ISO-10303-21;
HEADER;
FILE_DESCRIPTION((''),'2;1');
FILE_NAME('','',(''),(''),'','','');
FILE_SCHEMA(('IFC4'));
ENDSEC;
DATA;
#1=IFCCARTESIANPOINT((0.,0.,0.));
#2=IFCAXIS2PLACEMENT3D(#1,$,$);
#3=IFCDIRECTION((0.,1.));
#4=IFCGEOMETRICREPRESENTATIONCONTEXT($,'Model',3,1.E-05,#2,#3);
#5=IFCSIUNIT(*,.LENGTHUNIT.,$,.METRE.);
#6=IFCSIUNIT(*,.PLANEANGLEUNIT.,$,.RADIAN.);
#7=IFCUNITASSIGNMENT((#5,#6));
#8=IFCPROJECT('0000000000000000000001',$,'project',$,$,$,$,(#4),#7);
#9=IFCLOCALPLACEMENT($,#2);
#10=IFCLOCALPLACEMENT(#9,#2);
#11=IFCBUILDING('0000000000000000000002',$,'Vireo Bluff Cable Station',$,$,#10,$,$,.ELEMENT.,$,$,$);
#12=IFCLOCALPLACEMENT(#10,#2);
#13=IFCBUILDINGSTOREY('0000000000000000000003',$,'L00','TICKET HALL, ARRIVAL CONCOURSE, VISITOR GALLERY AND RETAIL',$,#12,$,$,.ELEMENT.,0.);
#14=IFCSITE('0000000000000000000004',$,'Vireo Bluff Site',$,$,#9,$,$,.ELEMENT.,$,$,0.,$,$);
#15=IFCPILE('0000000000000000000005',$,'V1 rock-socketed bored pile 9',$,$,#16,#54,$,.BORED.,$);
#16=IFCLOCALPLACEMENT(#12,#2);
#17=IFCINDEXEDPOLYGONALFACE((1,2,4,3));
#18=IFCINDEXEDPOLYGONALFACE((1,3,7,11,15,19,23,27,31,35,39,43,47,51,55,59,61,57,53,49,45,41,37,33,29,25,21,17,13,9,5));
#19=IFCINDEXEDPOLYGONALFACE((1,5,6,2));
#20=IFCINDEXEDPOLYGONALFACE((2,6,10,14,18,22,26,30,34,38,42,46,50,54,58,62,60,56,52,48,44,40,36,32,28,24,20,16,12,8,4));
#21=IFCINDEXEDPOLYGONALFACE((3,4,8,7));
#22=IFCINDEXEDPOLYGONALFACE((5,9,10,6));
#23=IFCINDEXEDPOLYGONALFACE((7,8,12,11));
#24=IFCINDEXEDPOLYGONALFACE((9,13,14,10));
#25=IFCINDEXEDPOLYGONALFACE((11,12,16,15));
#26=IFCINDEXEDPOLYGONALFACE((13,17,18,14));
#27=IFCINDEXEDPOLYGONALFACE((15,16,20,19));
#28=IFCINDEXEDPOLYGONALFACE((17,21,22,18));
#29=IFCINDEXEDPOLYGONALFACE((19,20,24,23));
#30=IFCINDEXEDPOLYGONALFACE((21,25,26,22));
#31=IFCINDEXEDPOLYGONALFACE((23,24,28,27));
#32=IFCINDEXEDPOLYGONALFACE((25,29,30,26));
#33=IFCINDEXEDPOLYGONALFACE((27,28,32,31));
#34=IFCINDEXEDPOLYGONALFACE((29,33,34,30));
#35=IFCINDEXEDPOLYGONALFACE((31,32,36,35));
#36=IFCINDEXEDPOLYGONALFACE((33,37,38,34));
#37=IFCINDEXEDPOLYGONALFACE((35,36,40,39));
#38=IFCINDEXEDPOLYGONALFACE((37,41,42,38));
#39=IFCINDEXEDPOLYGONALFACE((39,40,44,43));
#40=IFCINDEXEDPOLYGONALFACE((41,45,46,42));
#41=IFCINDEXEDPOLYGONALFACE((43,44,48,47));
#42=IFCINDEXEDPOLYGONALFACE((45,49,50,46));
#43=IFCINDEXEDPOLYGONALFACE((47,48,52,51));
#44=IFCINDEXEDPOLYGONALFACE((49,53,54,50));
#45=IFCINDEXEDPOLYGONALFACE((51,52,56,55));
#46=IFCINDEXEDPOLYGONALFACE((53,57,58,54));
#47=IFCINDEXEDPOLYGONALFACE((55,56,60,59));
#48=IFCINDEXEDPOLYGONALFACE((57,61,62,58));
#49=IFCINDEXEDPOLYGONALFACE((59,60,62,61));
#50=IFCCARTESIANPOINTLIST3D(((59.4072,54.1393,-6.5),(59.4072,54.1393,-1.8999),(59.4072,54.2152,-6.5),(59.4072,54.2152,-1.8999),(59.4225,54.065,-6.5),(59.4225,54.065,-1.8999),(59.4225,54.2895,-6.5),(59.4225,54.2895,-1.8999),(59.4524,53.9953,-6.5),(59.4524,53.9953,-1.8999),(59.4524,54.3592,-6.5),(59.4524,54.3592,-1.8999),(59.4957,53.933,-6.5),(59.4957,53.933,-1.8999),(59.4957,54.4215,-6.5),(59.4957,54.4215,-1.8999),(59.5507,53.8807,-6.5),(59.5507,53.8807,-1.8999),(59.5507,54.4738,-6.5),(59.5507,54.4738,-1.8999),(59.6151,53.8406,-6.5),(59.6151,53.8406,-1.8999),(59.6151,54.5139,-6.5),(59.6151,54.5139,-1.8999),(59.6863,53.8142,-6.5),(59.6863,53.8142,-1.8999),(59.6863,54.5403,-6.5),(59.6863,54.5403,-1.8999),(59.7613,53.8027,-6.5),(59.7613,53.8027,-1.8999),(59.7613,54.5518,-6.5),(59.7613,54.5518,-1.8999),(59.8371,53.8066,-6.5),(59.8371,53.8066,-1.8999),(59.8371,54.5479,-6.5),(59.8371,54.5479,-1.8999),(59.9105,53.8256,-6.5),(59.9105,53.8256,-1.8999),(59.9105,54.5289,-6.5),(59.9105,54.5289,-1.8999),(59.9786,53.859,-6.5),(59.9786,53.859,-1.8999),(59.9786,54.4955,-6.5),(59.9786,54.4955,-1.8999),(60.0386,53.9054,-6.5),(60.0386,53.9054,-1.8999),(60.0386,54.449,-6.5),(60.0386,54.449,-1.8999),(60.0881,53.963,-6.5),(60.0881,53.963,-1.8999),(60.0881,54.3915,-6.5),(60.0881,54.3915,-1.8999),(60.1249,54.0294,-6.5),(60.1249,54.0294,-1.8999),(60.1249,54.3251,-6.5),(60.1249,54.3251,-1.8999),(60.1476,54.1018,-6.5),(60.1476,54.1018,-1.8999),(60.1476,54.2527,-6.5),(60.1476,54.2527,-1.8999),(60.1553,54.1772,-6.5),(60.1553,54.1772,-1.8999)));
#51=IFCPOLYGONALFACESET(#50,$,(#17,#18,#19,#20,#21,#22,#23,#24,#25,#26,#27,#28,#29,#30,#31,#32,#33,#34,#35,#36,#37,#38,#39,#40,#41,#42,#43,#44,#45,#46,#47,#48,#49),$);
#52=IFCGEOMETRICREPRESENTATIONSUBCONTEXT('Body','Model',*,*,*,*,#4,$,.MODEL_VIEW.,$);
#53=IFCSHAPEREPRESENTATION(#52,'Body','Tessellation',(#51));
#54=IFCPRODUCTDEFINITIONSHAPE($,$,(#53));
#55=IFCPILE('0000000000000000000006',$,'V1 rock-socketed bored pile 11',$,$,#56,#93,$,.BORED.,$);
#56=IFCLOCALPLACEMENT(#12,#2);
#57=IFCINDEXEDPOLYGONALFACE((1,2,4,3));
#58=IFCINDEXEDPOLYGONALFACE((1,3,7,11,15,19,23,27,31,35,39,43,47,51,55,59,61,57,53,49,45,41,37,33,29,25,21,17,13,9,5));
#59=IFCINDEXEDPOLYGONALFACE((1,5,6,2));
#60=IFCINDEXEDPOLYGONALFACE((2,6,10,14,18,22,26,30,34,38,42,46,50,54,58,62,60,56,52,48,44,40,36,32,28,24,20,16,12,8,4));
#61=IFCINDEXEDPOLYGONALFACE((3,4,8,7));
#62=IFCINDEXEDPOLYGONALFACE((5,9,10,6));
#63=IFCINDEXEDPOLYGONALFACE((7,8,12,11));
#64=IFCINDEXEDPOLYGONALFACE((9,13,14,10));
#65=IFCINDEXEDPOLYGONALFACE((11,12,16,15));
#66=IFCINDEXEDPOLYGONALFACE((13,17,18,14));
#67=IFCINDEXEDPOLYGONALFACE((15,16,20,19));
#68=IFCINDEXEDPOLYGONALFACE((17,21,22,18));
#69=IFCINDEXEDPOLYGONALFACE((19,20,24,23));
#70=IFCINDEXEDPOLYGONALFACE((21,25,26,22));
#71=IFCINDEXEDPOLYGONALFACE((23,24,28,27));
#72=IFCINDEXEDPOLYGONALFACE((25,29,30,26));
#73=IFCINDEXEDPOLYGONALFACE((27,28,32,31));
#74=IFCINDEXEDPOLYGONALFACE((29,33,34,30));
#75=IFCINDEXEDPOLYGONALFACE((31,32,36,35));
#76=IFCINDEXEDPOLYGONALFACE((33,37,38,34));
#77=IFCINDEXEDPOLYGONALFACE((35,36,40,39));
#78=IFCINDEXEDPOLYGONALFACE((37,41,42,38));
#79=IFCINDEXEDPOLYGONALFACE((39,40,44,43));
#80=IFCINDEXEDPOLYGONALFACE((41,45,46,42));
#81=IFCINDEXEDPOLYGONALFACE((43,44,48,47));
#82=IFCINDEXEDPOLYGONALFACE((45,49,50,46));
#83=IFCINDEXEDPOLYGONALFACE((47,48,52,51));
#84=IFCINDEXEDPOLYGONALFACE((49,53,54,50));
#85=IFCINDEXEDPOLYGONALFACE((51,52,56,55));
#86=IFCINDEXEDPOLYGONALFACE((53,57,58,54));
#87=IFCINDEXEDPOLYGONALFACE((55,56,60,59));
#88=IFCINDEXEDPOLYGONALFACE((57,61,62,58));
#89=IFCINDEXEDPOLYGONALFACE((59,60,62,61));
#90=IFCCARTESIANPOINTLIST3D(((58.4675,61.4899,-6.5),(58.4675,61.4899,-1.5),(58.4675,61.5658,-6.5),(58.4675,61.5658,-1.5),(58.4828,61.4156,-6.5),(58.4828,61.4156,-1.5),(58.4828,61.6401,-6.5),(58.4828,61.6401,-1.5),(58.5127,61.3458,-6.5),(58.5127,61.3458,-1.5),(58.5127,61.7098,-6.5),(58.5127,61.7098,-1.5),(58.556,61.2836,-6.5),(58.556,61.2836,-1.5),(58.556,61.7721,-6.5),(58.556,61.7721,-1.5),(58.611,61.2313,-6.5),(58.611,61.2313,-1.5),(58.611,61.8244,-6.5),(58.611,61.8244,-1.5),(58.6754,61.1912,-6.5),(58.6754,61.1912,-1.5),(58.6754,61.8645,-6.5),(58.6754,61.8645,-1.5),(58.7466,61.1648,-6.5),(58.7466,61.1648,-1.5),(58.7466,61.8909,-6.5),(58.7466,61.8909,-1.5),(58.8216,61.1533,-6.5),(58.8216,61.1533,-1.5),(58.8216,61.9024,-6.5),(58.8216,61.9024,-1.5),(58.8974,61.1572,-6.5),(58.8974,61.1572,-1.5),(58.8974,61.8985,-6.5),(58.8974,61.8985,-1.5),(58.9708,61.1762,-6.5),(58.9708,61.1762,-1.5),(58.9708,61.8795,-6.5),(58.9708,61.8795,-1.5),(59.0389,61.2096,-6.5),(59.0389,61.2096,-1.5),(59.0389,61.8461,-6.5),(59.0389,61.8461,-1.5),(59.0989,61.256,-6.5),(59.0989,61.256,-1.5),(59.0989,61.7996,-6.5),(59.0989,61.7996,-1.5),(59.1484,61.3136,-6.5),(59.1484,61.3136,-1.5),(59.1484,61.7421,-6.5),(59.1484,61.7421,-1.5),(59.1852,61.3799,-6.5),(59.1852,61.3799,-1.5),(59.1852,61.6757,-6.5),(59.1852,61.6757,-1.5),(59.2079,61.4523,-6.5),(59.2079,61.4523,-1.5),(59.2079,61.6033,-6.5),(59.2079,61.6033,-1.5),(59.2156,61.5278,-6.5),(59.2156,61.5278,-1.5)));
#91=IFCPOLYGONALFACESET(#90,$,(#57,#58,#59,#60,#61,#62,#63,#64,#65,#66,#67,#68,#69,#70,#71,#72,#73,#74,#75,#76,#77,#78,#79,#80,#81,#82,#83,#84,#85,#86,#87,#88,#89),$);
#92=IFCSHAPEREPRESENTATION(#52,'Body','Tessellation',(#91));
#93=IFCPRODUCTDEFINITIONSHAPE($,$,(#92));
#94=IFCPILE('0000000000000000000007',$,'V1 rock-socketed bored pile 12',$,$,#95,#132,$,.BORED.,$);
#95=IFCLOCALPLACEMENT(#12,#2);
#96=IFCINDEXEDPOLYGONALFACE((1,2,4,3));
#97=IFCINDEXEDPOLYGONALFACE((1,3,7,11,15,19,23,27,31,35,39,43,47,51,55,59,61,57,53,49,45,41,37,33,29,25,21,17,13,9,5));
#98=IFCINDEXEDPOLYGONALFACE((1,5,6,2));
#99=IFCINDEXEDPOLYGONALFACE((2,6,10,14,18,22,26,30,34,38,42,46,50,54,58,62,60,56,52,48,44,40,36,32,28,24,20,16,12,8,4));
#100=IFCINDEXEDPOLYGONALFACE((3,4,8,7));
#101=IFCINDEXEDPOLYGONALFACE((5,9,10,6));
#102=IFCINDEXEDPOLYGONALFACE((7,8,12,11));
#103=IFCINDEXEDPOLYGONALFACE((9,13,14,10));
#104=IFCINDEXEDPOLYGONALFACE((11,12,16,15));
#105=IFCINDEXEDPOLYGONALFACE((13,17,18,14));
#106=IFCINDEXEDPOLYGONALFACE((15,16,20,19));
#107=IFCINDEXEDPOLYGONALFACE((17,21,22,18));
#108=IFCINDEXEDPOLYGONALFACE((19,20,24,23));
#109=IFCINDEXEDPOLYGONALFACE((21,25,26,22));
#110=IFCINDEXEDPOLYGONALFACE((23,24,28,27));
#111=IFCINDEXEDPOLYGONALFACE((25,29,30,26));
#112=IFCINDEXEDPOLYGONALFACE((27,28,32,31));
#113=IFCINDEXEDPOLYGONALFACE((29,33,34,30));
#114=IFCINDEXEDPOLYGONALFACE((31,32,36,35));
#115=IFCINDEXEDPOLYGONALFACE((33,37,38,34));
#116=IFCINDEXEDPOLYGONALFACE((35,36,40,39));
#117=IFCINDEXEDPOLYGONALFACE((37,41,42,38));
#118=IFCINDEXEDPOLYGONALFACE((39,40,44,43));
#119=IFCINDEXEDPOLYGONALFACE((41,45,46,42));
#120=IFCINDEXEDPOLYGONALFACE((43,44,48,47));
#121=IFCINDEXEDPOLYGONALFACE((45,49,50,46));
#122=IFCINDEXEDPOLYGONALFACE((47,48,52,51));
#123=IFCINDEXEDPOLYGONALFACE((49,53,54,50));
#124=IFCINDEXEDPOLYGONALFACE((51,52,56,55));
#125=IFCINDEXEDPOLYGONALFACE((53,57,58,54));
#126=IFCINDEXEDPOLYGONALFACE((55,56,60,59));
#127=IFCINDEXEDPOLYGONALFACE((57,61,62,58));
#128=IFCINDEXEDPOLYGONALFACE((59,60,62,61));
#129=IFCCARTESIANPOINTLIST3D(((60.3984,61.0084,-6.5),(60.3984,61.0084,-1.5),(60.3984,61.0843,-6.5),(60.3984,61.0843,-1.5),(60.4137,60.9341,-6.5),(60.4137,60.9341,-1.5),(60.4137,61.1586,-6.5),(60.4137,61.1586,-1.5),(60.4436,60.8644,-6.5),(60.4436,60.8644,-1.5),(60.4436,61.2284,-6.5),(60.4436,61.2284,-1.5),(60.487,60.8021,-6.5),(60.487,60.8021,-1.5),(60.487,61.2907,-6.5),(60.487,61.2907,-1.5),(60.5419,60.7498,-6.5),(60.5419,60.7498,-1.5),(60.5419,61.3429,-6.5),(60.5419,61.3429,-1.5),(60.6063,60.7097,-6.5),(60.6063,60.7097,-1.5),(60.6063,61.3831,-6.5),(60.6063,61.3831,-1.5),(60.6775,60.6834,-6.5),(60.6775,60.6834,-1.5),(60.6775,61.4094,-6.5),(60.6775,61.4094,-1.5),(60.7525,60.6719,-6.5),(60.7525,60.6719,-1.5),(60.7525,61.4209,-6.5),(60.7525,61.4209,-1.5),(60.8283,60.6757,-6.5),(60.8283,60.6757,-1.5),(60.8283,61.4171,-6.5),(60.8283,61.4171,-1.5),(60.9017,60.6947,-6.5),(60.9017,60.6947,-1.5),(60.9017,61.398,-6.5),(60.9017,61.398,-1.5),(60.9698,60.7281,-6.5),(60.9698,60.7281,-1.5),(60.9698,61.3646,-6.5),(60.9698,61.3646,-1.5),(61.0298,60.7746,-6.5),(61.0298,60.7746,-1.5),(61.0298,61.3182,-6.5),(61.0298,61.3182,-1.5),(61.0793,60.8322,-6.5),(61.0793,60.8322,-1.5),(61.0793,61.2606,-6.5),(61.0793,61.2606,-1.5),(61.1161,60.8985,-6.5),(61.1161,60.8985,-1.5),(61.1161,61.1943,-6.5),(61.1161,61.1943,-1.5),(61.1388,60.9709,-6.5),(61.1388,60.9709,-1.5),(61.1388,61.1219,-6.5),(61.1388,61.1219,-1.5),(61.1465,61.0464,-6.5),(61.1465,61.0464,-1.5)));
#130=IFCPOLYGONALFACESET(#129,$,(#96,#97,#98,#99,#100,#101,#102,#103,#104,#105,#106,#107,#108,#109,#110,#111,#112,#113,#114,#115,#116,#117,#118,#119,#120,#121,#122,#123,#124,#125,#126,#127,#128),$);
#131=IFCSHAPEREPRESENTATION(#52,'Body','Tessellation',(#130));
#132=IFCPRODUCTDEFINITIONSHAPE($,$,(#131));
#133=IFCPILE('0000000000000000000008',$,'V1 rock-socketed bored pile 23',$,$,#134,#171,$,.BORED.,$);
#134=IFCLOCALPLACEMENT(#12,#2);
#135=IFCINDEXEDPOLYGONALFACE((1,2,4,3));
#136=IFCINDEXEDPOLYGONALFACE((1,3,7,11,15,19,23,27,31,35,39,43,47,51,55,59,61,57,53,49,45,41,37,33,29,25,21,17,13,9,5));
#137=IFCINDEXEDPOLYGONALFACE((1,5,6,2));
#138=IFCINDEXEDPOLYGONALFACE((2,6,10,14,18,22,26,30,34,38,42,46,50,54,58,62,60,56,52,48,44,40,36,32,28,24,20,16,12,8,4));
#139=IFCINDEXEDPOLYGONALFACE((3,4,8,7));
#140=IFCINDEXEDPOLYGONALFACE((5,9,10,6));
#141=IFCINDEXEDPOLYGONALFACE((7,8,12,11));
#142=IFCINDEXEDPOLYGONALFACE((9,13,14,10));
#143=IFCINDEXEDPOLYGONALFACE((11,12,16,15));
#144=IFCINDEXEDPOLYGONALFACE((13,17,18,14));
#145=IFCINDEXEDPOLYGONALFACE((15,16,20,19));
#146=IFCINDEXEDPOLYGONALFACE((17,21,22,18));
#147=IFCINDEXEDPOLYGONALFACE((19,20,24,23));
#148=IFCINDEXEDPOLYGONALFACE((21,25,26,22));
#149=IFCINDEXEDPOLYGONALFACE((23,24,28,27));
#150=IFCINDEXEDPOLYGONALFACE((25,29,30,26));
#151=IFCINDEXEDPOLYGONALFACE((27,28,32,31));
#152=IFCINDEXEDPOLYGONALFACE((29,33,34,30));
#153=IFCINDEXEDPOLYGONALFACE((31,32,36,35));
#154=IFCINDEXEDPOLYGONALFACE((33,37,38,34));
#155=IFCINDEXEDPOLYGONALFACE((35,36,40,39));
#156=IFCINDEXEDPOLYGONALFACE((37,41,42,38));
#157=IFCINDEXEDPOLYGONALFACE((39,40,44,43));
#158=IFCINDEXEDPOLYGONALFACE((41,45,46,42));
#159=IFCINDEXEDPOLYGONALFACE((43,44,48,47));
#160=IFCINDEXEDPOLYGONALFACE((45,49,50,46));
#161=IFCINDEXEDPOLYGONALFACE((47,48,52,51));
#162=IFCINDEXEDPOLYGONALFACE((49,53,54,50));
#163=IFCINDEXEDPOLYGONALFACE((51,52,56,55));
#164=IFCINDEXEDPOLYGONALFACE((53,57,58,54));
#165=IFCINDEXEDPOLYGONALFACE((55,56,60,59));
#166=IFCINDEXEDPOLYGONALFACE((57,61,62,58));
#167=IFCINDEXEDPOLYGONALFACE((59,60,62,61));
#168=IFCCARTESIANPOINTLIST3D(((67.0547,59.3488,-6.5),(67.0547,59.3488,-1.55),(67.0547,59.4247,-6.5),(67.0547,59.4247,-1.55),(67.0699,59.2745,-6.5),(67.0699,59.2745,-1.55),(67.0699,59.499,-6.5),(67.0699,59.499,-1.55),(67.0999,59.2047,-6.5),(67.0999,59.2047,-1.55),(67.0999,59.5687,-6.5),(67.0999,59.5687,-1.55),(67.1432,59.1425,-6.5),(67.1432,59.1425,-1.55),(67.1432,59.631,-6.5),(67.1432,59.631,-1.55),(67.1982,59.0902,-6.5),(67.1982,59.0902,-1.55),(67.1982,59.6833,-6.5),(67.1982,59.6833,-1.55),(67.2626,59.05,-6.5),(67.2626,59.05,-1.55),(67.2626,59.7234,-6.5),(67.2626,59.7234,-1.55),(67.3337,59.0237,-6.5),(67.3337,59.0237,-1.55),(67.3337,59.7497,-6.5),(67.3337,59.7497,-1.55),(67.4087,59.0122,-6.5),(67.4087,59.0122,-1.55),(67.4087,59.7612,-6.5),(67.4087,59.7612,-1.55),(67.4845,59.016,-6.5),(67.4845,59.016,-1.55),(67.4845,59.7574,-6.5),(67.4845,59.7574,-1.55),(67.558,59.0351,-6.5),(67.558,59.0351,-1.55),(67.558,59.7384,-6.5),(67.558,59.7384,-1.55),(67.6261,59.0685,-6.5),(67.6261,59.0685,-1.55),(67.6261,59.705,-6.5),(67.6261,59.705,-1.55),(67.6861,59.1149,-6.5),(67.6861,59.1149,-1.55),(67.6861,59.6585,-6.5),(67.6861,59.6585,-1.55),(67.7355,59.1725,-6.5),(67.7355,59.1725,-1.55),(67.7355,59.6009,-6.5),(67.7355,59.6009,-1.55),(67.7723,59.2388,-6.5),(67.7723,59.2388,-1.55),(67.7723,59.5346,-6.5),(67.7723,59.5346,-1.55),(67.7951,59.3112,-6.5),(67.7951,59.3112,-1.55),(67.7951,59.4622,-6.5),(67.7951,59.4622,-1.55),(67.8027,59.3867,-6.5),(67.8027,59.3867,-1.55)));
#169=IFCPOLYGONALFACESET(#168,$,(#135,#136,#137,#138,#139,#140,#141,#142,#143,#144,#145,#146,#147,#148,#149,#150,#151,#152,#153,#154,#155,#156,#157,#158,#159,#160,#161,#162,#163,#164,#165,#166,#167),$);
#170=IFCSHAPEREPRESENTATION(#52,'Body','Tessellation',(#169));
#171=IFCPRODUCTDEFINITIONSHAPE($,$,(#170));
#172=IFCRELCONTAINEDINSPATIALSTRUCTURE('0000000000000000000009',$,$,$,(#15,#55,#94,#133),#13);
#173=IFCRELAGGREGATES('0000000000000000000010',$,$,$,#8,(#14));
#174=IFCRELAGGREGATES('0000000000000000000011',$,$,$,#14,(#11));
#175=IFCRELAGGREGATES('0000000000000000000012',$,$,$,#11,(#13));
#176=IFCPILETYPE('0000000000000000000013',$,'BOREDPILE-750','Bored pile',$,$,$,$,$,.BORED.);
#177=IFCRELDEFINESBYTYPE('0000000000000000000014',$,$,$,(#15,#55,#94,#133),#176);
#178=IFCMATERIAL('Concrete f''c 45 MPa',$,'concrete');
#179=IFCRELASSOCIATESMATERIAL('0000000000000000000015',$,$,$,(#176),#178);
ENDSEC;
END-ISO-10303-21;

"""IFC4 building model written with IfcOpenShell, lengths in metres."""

from ifc_helpers import new_model, si_unit, direction, frame, origin, origin_2d, place, context, subcontext, project, spatial, circle, extrude, material, material_profile, profile_set, type_object, element, save


model = new_model("IFC4")

# Units and contexts
model_context = context("Model", 3, precision=1e-05, world=origin(), true_north=direction((0.0, 1.0)))
body_context = subcontext(model_context, "Body", "Model", "MODEL_VIEW")
ifc_project = project(units=[si_unit("LENGTHUNIT", "METRE"), si_unit("PLANEANGLEUNIT", "RADIAN")], contexts=[model_context])

# Site, building, storey
site_placement = place(None, origin())
site = spatial("IfcSite", under=ifc_project, at=site_placement, Name="Vireo Bluff Site", CompositionType="ELEMENT", RefElevation=0.0)
building_placement = place(site_placement, origin())
building = spatial("IfcBuilding", under=site, at=building_placement, Name="Vireo Bluff Cable Station", CompositionType="ELEMENT")
storey_placement = place(building_placement, origin())
storey = spatial("IfcBuildingStorey", under=building, at=storey_placement, Name="L00", Description="TICKET HALL, ARRIVAL CONCOURSE, VISITOR GALLERY AND RETAIL", CompositionType="ELEMENT", Elevation=0.0)

# Piles
ifc_material_1 = material(Name="Concrete f'c 45 MPa", Category="concrete")
ifc_material_profile_1 = material_profile(ifc_material_1, circle(Radius=0.375, at=origin_2d()), Name="BOREDPILE-750")
ifc_profile_set_1 = profile_set([ifc_material_profile_1], Name="Concrete f'c 45 MPa")
pile_type_1 = type_object("IfcPileType", Name="BOREDPILE-750", Description="Bored pile", PredefinedType="BORED", material=ifc_profile_set_1)
pile_1_placement = place(storey_placement, frame((59.7803, 54.1772, -1.8999), z_axis=(0.0, 0.0, -1.0), x_axis=(1.0, 0.0, 0.0)))
element("IfcPile", 1, at=pile_1_placement, inside=storey, type_object=pile_type_1, Name="V1 rock-socketed bored pile 9", PredefinedType="BORED", context=body_context, shape_type="SweptSolid", body=[
    extrude(circle(Radius=0.375, at=origin_2d()), origin(), (0.0, 0.0, 1.0), 4.6001),
])
for number, where, z_axis, x_axis, name in (
    (2, (58.8406, 61.5278, -1.5), (0.0, 0.0, -1.0), (1.0, 0.0, 0.0), "V1 rock-socketed bored pile 11"),
    (3, (60.7715, 61.0464, -1.5), (0.0, 0.0, -1.0), (1.0, 0.0, 0.0), "V1 rock-socketed bored pile 12"),
):
    element("IfcPile", number, at=place(storey_placement, frame(where, z_axis=z_axis, x_axis=x_axis)), inside=storey, type_object=pile_type_1, Name=name, PredefinedType="BORED", context=body_context, shape_type="SweptSolid", body=[
        extrude(circle(Radius=0.375, at=origin_2d()), origin(), (0.0, 0.0, 1.0), 5.0),
    ])
pile_2_placement = place(storey_placement, frame((67.4277, 59.3867, -1.55), z_axis=(0.0, 0.0, -1.0), x_axis=(1.0, 0.0, 0.0)))
element("IfcPile", 4, at=pile_2_placement, inside=storey, type_object=pile_type_1, Name="V1 rock-socketed bored pile 23", PredefinedType="BORED", context=body_context, shape_type="SweptSolid", body=[
    extrude(circle(Radius=0.375, at=origin_2d()), origin(), (0.0, 0.0, 1.0), 4.95),
])

save(model, "model.ifc")
